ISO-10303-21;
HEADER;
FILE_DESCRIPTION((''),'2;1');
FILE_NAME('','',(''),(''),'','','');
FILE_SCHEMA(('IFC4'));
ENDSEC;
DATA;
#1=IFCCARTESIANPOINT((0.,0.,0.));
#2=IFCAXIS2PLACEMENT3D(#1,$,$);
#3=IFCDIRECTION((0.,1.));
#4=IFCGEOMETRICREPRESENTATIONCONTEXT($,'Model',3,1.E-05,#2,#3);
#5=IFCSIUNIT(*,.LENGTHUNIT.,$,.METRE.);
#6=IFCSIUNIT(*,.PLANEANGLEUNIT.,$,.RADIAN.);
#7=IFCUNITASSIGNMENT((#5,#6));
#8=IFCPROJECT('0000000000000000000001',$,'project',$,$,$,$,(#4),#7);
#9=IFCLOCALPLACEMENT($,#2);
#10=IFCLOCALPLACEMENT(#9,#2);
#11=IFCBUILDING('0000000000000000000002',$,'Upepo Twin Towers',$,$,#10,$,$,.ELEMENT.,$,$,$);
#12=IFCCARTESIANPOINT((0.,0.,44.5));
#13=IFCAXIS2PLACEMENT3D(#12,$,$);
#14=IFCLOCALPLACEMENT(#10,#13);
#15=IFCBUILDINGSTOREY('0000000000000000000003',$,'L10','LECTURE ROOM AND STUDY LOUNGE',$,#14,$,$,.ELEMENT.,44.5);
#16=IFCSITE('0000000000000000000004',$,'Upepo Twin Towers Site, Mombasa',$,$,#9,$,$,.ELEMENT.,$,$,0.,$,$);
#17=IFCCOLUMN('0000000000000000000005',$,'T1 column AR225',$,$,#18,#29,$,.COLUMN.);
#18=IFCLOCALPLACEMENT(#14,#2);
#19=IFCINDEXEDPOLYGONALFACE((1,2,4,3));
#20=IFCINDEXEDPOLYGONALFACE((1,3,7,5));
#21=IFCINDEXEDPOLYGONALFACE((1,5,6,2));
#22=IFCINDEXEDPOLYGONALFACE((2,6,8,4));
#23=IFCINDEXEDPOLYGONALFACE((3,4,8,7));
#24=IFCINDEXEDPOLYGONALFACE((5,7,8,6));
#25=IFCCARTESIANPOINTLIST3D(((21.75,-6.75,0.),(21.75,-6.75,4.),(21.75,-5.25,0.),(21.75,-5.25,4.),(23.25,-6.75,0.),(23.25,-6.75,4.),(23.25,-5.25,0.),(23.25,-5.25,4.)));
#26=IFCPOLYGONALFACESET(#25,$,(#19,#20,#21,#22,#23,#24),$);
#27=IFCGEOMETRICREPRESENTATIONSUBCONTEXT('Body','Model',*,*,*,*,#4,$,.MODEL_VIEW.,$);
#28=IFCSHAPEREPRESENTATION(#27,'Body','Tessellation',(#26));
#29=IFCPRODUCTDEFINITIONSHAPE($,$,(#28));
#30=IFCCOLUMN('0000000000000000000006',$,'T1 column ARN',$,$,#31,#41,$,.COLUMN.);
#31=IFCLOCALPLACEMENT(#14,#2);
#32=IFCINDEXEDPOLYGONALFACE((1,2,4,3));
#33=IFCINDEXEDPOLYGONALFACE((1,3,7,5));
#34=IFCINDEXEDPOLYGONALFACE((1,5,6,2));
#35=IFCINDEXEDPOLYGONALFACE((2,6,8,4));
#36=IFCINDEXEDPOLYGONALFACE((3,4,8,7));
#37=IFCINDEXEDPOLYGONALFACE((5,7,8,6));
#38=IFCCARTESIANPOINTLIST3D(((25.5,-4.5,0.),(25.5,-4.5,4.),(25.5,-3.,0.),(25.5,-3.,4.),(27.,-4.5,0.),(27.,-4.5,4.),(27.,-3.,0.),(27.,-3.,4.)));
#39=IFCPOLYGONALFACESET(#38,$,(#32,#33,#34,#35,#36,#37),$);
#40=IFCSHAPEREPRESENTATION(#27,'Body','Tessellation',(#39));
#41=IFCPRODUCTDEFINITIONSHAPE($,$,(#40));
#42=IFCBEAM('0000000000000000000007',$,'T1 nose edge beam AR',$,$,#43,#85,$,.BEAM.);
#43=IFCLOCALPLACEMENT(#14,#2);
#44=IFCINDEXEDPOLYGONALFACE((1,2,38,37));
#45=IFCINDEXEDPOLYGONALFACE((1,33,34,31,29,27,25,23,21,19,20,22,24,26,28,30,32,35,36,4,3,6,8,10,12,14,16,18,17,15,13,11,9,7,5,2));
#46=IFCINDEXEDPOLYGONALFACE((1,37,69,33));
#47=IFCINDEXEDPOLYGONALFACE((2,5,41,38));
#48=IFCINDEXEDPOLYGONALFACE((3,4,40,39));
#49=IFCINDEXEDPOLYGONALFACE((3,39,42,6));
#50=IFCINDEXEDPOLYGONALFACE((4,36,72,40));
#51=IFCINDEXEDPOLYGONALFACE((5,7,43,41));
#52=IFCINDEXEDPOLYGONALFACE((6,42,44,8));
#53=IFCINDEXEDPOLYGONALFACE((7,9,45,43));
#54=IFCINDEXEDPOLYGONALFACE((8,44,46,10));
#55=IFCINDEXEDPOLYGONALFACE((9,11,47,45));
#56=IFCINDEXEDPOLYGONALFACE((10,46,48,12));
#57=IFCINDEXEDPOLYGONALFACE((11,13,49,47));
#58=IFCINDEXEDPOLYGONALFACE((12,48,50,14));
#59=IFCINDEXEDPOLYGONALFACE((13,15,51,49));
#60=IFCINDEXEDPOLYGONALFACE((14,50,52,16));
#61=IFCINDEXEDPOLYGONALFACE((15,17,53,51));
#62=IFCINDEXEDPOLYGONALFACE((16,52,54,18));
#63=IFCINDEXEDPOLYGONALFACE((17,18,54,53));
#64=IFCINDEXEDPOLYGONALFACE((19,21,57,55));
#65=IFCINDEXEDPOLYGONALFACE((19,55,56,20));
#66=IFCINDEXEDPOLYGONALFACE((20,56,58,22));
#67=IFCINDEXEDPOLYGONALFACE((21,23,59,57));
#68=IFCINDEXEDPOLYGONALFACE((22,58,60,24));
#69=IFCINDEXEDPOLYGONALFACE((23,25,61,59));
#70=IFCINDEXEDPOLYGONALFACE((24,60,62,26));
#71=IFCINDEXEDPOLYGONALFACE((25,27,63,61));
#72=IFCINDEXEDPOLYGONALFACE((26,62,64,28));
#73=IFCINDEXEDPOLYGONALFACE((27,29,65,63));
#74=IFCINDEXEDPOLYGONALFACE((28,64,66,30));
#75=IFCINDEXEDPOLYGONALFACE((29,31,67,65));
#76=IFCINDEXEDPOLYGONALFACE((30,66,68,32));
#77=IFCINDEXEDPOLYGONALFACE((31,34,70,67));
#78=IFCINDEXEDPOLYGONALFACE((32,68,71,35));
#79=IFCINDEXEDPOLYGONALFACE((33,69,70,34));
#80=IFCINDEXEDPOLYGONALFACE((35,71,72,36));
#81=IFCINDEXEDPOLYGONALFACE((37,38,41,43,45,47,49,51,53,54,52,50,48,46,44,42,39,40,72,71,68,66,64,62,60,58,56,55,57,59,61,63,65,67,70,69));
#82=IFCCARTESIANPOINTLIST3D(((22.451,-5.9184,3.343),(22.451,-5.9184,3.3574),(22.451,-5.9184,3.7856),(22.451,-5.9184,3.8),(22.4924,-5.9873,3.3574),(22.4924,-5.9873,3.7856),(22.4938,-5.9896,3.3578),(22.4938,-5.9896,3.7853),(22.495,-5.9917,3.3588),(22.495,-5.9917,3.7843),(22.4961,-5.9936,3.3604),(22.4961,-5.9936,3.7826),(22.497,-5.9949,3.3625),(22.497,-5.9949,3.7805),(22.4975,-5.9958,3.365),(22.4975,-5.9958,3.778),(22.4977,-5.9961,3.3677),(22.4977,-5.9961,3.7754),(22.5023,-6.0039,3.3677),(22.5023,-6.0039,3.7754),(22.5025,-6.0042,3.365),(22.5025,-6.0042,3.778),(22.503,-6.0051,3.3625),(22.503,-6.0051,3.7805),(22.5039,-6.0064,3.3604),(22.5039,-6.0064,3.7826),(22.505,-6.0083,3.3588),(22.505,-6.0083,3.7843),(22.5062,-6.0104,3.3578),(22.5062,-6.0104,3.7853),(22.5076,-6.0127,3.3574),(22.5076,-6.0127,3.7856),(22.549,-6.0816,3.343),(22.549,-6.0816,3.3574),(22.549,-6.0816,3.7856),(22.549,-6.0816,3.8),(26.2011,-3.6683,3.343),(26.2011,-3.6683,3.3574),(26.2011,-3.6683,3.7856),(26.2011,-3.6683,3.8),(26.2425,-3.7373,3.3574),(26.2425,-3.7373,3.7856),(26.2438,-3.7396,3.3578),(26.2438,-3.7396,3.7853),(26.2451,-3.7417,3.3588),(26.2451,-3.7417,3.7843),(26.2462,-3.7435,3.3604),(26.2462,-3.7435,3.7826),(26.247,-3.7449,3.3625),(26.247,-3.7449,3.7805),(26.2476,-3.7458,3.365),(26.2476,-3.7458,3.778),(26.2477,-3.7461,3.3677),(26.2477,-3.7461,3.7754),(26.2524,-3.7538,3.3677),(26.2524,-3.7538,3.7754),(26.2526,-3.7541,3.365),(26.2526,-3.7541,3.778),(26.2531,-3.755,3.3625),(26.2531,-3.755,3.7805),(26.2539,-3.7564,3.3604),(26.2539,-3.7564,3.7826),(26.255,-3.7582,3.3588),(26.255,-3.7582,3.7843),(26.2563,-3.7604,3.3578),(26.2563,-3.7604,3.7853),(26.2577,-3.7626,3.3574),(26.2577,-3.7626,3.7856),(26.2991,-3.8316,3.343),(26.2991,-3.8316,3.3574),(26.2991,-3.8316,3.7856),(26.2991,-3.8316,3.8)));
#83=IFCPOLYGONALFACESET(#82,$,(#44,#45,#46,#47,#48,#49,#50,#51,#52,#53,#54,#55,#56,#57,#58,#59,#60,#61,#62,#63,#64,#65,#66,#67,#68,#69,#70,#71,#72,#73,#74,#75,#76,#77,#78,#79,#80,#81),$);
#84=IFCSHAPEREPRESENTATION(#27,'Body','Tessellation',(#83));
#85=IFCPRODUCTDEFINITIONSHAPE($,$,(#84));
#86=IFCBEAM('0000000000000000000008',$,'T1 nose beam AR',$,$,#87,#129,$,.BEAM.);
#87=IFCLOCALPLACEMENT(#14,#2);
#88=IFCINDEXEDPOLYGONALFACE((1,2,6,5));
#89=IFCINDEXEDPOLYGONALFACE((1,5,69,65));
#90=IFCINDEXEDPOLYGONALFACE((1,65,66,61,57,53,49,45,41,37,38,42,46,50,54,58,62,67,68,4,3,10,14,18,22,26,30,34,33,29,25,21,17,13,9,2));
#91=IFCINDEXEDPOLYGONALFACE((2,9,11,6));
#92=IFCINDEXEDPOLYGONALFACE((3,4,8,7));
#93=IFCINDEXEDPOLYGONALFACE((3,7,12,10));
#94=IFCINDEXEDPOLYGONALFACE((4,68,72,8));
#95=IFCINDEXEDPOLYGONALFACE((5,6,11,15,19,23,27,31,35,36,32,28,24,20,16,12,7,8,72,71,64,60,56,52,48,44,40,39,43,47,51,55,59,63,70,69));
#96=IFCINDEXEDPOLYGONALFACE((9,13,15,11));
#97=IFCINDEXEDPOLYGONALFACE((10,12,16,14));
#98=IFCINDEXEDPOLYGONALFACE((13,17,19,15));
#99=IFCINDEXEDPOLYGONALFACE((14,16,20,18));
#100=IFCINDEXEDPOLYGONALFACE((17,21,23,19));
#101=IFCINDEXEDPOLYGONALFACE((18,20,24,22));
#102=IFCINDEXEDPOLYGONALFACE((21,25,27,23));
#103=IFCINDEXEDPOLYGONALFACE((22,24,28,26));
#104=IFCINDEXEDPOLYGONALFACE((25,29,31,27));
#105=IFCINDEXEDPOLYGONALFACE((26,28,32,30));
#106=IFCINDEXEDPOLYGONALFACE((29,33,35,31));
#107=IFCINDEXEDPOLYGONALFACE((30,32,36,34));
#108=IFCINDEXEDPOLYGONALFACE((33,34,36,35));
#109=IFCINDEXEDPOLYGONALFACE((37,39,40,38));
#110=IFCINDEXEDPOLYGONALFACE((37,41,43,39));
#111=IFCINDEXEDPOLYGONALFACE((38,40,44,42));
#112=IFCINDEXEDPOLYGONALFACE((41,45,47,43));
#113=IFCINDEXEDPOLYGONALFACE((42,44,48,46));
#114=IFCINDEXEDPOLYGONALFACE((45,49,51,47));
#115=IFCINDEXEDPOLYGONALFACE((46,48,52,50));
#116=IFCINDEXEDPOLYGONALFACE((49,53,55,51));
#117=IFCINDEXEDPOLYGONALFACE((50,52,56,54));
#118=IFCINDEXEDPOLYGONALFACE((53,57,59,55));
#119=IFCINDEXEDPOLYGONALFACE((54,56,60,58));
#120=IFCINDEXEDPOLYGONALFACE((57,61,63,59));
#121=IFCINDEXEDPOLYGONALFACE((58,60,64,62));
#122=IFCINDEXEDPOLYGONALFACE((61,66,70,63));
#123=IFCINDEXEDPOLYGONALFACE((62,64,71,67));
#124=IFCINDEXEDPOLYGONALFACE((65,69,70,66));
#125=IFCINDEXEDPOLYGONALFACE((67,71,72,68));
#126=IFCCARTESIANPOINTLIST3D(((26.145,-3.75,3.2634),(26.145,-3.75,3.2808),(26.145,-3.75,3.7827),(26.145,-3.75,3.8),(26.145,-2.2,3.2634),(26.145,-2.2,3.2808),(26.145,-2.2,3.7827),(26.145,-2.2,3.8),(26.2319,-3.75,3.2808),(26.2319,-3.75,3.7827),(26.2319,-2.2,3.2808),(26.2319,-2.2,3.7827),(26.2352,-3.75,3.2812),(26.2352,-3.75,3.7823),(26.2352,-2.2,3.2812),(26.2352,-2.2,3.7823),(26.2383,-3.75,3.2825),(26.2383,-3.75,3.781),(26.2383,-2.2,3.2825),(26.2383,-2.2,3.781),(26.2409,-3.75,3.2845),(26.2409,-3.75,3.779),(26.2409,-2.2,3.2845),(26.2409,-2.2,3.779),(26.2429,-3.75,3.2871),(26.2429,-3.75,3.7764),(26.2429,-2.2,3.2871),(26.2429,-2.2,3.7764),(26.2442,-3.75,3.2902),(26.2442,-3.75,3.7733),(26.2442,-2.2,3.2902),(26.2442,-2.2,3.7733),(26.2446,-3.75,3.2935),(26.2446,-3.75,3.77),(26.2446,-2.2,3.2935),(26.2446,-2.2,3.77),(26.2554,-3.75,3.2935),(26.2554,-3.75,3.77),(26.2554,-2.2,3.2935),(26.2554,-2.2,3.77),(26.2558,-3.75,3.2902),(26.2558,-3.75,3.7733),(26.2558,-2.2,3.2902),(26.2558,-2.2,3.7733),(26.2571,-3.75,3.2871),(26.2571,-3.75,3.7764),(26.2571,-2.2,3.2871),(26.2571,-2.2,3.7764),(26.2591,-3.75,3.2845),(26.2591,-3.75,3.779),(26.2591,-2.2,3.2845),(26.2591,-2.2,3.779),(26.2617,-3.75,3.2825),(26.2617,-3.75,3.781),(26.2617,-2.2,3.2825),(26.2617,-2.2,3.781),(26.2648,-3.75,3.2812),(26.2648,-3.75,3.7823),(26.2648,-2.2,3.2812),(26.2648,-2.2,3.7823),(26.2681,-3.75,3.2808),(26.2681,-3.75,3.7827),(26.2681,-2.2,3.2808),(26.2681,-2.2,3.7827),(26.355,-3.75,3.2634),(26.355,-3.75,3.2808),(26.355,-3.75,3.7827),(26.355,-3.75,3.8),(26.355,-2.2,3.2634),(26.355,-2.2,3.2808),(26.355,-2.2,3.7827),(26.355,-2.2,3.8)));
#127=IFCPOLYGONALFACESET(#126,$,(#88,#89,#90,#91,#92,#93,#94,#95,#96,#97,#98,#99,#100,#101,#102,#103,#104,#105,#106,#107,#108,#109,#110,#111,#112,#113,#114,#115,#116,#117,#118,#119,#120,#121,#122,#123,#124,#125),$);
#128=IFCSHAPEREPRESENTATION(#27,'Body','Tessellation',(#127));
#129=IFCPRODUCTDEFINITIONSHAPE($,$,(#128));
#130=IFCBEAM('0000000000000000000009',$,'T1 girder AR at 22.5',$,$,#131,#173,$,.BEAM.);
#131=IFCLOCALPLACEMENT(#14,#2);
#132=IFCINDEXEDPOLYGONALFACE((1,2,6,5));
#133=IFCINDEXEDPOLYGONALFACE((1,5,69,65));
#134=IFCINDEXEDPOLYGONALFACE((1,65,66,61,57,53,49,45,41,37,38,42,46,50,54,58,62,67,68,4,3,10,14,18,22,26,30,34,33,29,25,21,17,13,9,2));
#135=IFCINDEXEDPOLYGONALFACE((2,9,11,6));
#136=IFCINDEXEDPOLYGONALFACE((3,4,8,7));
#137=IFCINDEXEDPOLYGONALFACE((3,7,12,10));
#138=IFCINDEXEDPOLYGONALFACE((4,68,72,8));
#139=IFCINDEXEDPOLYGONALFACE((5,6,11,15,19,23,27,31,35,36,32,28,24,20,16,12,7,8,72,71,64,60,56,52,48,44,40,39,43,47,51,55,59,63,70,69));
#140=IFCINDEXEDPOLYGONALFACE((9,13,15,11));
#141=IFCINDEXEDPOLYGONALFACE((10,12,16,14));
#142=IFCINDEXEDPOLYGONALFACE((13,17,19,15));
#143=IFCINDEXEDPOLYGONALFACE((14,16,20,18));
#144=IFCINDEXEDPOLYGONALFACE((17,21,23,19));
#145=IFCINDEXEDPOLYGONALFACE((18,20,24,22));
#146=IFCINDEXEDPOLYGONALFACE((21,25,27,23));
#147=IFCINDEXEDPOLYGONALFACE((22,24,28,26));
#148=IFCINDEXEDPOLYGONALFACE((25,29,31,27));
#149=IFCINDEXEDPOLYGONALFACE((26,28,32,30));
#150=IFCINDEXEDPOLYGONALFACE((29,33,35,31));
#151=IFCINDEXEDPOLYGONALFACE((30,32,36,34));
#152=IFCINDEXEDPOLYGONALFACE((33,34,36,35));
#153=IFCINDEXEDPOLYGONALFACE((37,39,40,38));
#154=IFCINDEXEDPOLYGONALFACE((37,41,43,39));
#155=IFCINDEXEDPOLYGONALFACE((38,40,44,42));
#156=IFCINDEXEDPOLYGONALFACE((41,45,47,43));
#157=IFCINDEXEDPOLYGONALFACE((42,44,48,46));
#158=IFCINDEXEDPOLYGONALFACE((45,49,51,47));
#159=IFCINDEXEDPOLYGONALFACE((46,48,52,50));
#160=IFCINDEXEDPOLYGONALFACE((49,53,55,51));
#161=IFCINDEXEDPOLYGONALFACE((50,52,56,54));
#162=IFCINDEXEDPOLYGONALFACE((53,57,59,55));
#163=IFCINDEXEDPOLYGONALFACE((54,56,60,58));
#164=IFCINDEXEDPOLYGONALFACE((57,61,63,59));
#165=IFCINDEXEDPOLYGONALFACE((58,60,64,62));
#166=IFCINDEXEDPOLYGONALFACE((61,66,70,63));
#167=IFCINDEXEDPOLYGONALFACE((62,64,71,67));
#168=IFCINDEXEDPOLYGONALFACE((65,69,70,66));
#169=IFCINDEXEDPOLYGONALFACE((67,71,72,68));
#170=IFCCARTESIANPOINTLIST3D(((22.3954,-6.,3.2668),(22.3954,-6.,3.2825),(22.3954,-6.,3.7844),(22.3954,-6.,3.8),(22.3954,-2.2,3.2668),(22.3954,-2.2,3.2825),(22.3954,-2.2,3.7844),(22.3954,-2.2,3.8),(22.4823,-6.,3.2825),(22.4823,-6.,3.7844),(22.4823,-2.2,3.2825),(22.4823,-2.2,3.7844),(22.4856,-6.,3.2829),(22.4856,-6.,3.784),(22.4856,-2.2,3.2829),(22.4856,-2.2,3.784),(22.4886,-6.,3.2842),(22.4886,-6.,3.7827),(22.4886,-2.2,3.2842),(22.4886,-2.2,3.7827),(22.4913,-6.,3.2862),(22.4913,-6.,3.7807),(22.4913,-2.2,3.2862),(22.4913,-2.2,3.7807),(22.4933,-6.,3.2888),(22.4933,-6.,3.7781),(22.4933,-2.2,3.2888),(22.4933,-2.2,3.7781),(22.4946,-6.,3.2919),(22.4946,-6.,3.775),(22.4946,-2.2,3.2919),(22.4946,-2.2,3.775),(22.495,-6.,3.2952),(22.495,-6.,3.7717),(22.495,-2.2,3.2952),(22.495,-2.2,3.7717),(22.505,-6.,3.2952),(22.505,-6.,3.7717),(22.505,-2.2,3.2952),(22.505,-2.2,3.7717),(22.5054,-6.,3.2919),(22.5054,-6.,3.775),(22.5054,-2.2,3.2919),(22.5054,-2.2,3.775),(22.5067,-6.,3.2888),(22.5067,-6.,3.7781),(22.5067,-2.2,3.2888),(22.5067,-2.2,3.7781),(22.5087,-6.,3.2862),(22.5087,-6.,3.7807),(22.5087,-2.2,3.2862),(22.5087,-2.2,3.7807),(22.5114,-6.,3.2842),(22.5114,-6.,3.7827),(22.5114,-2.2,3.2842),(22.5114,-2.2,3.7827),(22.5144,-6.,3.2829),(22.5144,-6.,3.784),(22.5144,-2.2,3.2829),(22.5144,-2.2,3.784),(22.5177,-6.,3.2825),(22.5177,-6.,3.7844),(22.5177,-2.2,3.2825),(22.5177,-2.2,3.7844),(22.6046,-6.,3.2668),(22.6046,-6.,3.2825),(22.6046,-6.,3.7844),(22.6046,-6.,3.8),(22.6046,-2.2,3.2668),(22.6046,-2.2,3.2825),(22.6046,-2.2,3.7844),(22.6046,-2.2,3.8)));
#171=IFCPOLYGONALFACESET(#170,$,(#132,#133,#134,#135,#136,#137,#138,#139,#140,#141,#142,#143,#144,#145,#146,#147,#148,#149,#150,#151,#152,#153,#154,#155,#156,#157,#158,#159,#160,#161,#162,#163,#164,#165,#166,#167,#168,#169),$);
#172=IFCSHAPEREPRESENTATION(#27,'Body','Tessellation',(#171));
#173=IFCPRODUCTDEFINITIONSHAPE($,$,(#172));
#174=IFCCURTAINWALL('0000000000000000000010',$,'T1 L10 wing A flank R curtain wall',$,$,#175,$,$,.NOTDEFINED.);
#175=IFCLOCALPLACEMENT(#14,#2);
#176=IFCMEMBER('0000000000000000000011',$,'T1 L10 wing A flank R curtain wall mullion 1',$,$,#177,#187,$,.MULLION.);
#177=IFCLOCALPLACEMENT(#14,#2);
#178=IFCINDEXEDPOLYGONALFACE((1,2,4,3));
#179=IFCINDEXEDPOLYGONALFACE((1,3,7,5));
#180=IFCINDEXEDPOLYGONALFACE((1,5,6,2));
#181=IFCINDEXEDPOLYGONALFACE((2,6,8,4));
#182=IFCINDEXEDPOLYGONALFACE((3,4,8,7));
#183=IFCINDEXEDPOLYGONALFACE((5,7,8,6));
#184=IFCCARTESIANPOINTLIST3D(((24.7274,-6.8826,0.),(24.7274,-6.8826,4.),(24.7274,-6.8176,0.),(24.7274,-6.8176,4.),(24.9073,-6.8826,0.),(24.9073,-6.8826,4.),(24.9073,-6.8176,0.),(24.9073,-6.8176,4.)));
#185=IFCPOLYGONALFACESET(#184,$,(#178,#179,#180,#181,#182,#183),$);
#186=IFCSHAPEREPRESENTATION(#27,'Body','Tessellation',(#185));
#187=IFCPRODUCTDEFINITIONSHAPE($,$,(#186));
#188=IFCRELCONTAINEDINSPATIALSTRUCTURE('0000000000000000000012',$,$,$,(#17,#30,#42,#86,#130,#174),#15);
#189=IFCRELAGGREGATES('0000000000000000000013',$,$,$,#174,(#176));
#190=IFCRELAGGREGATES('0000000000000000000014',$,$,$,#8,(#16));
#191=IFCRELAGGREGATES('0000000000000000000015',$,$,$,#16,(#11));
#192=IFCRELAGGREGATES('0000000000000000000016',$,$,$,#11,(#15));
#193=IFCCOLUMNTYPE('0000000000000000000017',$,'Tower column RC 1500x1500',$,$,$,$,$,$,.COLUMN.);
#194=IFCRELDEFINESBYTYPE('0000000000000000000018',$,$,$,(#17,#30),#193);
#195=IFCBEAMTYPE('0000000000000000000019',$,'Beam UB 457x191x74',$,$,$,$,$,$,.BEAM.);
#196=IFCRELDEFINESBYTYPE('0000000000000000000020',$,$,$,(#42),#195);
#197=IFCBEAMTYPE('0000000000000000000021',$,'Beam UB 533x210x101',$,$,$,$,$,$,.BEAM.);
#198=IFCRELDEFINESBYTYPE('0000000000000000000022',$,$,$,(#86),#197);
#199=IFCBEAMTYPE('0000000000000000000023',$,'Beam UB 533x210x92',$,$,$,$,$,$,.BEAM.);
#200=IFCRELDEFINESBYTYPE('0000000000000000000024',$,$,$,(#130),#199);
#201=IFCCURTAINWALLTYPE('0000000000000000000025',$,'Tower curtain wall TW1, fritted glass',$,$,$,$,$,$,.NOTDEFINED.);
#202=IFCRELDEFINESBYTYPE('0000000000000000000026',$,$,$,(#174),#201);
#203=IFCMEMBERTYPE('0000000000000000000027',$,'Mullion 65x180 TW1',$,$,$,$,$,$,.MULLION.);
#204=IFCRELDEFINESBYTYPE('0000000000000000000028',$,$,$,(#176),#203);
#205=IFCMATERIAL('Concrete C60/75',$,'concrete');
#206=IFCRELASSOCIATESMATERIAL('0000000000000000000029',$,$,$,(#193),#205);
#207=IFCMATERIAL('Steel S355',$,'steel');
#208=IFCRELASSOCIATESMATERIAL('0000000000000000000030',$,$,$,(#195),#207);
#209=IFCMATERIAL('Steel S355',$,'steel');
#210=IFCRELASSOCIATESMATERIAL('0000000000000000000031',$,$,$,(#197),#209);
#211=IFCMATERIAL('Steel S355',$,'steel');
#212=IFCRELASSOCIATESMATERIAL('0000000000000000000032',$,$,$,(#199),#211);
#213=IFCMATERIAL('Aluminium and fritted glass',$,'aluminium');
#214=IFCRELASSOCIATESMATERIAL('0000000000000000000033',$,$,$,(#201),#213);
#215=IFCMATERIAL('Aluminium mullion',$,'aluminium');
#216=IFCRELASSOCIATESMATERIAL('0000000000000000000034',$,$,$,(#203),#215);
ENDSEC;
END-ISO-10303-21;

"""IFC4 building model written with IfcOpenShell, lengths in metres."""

from ifc_helpers import new_model, si_unit, direction, frame, origin, origin_2d, place, context, subcontext, project, spatial, rectangle, i_section, extrude, material, material_profile, profile_set, type_object, element, aggregate, save


model = new_model("IFC4")

# Units and contexts
model_context = context("Model", 3, precision=1e-05, world=origin(), true_north=direction((0.0, 1.0)))
body_context = subcontext(model_context, "Body", "Model", "MODEL_VIEW")
ifc_project = project(units=[si_unit("LENGTHUNIT", "METRE"), si_unit("PLANEANGLEUNIT", "RADIAN")], contexts=[model_context])

# Site, building, storey
site_placement = place(None, origin())
site = spatial("IfcSite", under=ifc_project, at=site_placement, Name="Upepo Twin Towers Site, Mombasa", CompositionType="ELEMENT", RefElevation=0.0)
building_placement = place(site_placement, origin())
building = spatial("IfcBuilding", under=site, at=building_placement, Name="Upepo Twin Towers", CompositionType="ELEMENT")
storey_placement = place(building_placement, frame((0.0, 0.0, 44.5)))
storey = spatial("IfcBuildingStorey", under=building, at=storey_placement, Name="L10", Description="LECTURE ROOM AND STUDY LOUNGE", CompositionType="ELEMENT", Elevation=44.5)

# Columns
ifc_material_1 = material(Name="Concrete C60/75", Category="concrete")
ifc_material_profile_1 = material_profile(ifc_material_1, rectangle(XDim=1.5, YDim=1.5, at=origin_2d()), Name="RC 1500x1500")
ifc_profile_set_1 = profile_set([ifc_material_profile_1], Name="Concrete C60/75")
column_type = type_object("IfcColumnType", Name="Tower column RC 1500x1500", PredefinedType="COLUMN", material=ifc_profile_set_1)
for number, where, z_axis, x_axis, name in (
    (1, (22.5, -6.0, 0.0), (0.0, 0.0, 1.0), (1.0, 0.0, 0.0), "T1 column AR225"),
    (2, (26.25, -3.75, 0.0), (0.0, 0.0, 1.0), (1.0, 0.0, 0.0), "T1 column ARN"),
):
    element("IfcColumn", number, at=place(storey_placement, frame(where, z_axis=z_axis, x_axis=x_axis)), inside=storey, type_object=column_type, Name=name, PredefinedType="COLUMN", context=body_context, shape_type="SweptSolid", body=[
        extrude(rectangle(XDim=1.5, YDim=1.5, at=origin_2d()), origin(), (0.0, 0.0, 1.0), 4.0),
    ])

# Beams
ifc_material_2 = material(Name="Steel S355", Category="steel")
ifc_material_profile_2 = material_profile(ifc_material_2, i_section(OverallWidth=0.1904, OverallDepth=0.457, WebThickness=0.009, FlangeThickness=0.0144, FilletRadius=0.0103, at=origin_2d()), Name="UB 457x191x74")
ifc_profile_set_2 = profile_set([ifc_material_profile_2], Name="Steel S355")
beam_type_1 = type_object("IfcBeamType", Name="Beam UB 457x191x74", PredefinedType="BEAM", material=ifc_profile_set_2)
beam_1_placement = place(storey_placement, frame((22.5, -6.0, 3.5715), z_axis=(0.857493, 0.514496, 0.0), x_axis=(-0.514496, 0.857493, 0.0)))
element("IfcBeam", 3, at=beam_1_placement, inside=storey, type_object=beam_type_1, Name="T1 nose edge beam AR", PredefinedType="BEAM", context=body_context, shape_type="SweptSolid", body=[
    extrude(i_section(OverallWidth=0.1904, OverallDepth=0.457, WebThickness=0.009, FlangeThickness=0.0144, FilletRadius=0.0103, at=origin_2d()), origin(), (0.0, 0.0, 1.0), 4.3733),
])
ifc_material_3 = material(Name="Steel S355", Category="steel")
ifc_material_profile_3 = material_profile(ifc_material_3, i_section(OverallWidth=0.21, OverallDepth=0.5366, WebThickness=0.0107, FlangeThickness=0.0173, FilletRadius=0.0127, at=origin_2d()), Name="UB 533x210x101")
ifc_profile_set_3 = profile_set([ifc_material_profile_3], Name="Steel S355")
beam_type_2 = type_object("IfcBeamType", Name="Beam UB 533x210x101", PredefinedType="BEAM", material=ifc_profile_set_3)
beam_2_placement = place(storey_placement, frame((26.25, -3.75, 3.5317), z_axis=(0.0, 1.0, 0.0), x_axis=(-1.0, 0.0, 0.0)))
element("IfcBeam", 4, at=beam_2_placement, inside=storey, type_object=beam_type_2, Name="T1 nose beam AR", PredefinedType="BEAM", context=body_context, shape_type="SweptSolid", body=[
    extrude(i_section(OverallWidth=0.21, OverallDepth=0.5366, WebThickness=0.0107, FlangeThickness=0.0173, FilletRadius=0.0127, at=origin_2d()), origin(), (0.0, 0.0, 1.0), 1.55),
])
ifc_material_4 = material(Name="Steel S355", Category="steel")
ifc_material_profile_4 = material_profile(ifc_material_4, i_section(OverallWidth=0.2092, OverallDepth=0.5332, WebThickness=0.01, FlangeThickness=0.0156, FilletRadius=0.0127, at=origin_2d()), Name="UB 533x210x92")
ifc_profile_set_4 = profile_set([ifc_material_profile_4], Name="Steel S355")
beam_type_3 = type_object("IfcBeamType", Name="Beam UB 533x210x92", PredefinedType="BEAM", material=ifc_profile_set_4)
beam_3_placement = place(storey_placement, frame((22.5, -6.0, 3.5334), z_axis=(0.0, 1.0, 0.0), x_axis=(-1.0, 0.0, 0.0)))
element("IfcBeam", 5, at=beam_3_placement, inside=storey, type_object=beam_type_3, Name="T1 girder AR at 22.5", PredefinedType="BEAM", context=body_context, shape_type="SweptSolid", body=[
    extrude(i_section(OverallWidth=0.2092, OverallDepth=0.5332, WebThickness=0.01, FlangeThickness=0.0156, FilletRadius=0.0127, at=origin_2d()), origin(), (0.0, 0.0, 1.0), 3.8),
])

# Curtain wall, member
ifc_material_5 = material(Name="Aluminium and fritted glass", Category="aluminium")
curtain_wall_type = type_object("IfcCurtainWallType", Name="Tower curtain wall TW1, fritted glass", PredefinedType="NOTDEFINED", material=ifc_material_5)
curtain_wall_1_placement = place(storey_placement, origin())
curtain_wall_1 = element("IfcCurtainWall", 6, at=curtain_wall_1_placement, inside=storey, type_object=curtain_wall_type, Name="T1 L10 wing A flank R curtain wall", PredefinedType="NOTDEFINED")
ifc_material_6 = material(Name="Aluminium mullion", Category="aluminium")
ifc_material_profile_5 = material_profile(ifc_material_6, rectangle(XDim=0.0649, YDim=0.1799, at=origin_2d()), Name="MULLION 65x180")
ifc_profile_set_5 = profile_set([ifc_material_profile_5], Name="Aluminium mullion")
member_type_1 = type_object("IfcMemberType", Name="Mullion 65x180 TW1", PredefinedType="MULLION", material=ifc_profile_set_5)
member_1_placement = place(storey_placement, frame((24.8174, -6.8501, 0.0), z_axis=(0.0, 0.0, 1.0), x_axis=(0.0, -1.0, 0.0)))
member_1 = element("IfcMember", 7, at=member_1_placement, type_object=member_type_1, Name="T1 L10 wing A flank R curtain wall mullion 1", PredefinedType="MULLION", context=body_context, shape_type="SweptSolid", body=[
    extrude(rectangle(XDim=0.0649, YDim=0.1799, at=origin_2d()), origin(), (0.0, 0.0, 1.0), 4.0),
])

aggregate(curtain_wall_1, [member_1])

save(model, "model.ifc")
